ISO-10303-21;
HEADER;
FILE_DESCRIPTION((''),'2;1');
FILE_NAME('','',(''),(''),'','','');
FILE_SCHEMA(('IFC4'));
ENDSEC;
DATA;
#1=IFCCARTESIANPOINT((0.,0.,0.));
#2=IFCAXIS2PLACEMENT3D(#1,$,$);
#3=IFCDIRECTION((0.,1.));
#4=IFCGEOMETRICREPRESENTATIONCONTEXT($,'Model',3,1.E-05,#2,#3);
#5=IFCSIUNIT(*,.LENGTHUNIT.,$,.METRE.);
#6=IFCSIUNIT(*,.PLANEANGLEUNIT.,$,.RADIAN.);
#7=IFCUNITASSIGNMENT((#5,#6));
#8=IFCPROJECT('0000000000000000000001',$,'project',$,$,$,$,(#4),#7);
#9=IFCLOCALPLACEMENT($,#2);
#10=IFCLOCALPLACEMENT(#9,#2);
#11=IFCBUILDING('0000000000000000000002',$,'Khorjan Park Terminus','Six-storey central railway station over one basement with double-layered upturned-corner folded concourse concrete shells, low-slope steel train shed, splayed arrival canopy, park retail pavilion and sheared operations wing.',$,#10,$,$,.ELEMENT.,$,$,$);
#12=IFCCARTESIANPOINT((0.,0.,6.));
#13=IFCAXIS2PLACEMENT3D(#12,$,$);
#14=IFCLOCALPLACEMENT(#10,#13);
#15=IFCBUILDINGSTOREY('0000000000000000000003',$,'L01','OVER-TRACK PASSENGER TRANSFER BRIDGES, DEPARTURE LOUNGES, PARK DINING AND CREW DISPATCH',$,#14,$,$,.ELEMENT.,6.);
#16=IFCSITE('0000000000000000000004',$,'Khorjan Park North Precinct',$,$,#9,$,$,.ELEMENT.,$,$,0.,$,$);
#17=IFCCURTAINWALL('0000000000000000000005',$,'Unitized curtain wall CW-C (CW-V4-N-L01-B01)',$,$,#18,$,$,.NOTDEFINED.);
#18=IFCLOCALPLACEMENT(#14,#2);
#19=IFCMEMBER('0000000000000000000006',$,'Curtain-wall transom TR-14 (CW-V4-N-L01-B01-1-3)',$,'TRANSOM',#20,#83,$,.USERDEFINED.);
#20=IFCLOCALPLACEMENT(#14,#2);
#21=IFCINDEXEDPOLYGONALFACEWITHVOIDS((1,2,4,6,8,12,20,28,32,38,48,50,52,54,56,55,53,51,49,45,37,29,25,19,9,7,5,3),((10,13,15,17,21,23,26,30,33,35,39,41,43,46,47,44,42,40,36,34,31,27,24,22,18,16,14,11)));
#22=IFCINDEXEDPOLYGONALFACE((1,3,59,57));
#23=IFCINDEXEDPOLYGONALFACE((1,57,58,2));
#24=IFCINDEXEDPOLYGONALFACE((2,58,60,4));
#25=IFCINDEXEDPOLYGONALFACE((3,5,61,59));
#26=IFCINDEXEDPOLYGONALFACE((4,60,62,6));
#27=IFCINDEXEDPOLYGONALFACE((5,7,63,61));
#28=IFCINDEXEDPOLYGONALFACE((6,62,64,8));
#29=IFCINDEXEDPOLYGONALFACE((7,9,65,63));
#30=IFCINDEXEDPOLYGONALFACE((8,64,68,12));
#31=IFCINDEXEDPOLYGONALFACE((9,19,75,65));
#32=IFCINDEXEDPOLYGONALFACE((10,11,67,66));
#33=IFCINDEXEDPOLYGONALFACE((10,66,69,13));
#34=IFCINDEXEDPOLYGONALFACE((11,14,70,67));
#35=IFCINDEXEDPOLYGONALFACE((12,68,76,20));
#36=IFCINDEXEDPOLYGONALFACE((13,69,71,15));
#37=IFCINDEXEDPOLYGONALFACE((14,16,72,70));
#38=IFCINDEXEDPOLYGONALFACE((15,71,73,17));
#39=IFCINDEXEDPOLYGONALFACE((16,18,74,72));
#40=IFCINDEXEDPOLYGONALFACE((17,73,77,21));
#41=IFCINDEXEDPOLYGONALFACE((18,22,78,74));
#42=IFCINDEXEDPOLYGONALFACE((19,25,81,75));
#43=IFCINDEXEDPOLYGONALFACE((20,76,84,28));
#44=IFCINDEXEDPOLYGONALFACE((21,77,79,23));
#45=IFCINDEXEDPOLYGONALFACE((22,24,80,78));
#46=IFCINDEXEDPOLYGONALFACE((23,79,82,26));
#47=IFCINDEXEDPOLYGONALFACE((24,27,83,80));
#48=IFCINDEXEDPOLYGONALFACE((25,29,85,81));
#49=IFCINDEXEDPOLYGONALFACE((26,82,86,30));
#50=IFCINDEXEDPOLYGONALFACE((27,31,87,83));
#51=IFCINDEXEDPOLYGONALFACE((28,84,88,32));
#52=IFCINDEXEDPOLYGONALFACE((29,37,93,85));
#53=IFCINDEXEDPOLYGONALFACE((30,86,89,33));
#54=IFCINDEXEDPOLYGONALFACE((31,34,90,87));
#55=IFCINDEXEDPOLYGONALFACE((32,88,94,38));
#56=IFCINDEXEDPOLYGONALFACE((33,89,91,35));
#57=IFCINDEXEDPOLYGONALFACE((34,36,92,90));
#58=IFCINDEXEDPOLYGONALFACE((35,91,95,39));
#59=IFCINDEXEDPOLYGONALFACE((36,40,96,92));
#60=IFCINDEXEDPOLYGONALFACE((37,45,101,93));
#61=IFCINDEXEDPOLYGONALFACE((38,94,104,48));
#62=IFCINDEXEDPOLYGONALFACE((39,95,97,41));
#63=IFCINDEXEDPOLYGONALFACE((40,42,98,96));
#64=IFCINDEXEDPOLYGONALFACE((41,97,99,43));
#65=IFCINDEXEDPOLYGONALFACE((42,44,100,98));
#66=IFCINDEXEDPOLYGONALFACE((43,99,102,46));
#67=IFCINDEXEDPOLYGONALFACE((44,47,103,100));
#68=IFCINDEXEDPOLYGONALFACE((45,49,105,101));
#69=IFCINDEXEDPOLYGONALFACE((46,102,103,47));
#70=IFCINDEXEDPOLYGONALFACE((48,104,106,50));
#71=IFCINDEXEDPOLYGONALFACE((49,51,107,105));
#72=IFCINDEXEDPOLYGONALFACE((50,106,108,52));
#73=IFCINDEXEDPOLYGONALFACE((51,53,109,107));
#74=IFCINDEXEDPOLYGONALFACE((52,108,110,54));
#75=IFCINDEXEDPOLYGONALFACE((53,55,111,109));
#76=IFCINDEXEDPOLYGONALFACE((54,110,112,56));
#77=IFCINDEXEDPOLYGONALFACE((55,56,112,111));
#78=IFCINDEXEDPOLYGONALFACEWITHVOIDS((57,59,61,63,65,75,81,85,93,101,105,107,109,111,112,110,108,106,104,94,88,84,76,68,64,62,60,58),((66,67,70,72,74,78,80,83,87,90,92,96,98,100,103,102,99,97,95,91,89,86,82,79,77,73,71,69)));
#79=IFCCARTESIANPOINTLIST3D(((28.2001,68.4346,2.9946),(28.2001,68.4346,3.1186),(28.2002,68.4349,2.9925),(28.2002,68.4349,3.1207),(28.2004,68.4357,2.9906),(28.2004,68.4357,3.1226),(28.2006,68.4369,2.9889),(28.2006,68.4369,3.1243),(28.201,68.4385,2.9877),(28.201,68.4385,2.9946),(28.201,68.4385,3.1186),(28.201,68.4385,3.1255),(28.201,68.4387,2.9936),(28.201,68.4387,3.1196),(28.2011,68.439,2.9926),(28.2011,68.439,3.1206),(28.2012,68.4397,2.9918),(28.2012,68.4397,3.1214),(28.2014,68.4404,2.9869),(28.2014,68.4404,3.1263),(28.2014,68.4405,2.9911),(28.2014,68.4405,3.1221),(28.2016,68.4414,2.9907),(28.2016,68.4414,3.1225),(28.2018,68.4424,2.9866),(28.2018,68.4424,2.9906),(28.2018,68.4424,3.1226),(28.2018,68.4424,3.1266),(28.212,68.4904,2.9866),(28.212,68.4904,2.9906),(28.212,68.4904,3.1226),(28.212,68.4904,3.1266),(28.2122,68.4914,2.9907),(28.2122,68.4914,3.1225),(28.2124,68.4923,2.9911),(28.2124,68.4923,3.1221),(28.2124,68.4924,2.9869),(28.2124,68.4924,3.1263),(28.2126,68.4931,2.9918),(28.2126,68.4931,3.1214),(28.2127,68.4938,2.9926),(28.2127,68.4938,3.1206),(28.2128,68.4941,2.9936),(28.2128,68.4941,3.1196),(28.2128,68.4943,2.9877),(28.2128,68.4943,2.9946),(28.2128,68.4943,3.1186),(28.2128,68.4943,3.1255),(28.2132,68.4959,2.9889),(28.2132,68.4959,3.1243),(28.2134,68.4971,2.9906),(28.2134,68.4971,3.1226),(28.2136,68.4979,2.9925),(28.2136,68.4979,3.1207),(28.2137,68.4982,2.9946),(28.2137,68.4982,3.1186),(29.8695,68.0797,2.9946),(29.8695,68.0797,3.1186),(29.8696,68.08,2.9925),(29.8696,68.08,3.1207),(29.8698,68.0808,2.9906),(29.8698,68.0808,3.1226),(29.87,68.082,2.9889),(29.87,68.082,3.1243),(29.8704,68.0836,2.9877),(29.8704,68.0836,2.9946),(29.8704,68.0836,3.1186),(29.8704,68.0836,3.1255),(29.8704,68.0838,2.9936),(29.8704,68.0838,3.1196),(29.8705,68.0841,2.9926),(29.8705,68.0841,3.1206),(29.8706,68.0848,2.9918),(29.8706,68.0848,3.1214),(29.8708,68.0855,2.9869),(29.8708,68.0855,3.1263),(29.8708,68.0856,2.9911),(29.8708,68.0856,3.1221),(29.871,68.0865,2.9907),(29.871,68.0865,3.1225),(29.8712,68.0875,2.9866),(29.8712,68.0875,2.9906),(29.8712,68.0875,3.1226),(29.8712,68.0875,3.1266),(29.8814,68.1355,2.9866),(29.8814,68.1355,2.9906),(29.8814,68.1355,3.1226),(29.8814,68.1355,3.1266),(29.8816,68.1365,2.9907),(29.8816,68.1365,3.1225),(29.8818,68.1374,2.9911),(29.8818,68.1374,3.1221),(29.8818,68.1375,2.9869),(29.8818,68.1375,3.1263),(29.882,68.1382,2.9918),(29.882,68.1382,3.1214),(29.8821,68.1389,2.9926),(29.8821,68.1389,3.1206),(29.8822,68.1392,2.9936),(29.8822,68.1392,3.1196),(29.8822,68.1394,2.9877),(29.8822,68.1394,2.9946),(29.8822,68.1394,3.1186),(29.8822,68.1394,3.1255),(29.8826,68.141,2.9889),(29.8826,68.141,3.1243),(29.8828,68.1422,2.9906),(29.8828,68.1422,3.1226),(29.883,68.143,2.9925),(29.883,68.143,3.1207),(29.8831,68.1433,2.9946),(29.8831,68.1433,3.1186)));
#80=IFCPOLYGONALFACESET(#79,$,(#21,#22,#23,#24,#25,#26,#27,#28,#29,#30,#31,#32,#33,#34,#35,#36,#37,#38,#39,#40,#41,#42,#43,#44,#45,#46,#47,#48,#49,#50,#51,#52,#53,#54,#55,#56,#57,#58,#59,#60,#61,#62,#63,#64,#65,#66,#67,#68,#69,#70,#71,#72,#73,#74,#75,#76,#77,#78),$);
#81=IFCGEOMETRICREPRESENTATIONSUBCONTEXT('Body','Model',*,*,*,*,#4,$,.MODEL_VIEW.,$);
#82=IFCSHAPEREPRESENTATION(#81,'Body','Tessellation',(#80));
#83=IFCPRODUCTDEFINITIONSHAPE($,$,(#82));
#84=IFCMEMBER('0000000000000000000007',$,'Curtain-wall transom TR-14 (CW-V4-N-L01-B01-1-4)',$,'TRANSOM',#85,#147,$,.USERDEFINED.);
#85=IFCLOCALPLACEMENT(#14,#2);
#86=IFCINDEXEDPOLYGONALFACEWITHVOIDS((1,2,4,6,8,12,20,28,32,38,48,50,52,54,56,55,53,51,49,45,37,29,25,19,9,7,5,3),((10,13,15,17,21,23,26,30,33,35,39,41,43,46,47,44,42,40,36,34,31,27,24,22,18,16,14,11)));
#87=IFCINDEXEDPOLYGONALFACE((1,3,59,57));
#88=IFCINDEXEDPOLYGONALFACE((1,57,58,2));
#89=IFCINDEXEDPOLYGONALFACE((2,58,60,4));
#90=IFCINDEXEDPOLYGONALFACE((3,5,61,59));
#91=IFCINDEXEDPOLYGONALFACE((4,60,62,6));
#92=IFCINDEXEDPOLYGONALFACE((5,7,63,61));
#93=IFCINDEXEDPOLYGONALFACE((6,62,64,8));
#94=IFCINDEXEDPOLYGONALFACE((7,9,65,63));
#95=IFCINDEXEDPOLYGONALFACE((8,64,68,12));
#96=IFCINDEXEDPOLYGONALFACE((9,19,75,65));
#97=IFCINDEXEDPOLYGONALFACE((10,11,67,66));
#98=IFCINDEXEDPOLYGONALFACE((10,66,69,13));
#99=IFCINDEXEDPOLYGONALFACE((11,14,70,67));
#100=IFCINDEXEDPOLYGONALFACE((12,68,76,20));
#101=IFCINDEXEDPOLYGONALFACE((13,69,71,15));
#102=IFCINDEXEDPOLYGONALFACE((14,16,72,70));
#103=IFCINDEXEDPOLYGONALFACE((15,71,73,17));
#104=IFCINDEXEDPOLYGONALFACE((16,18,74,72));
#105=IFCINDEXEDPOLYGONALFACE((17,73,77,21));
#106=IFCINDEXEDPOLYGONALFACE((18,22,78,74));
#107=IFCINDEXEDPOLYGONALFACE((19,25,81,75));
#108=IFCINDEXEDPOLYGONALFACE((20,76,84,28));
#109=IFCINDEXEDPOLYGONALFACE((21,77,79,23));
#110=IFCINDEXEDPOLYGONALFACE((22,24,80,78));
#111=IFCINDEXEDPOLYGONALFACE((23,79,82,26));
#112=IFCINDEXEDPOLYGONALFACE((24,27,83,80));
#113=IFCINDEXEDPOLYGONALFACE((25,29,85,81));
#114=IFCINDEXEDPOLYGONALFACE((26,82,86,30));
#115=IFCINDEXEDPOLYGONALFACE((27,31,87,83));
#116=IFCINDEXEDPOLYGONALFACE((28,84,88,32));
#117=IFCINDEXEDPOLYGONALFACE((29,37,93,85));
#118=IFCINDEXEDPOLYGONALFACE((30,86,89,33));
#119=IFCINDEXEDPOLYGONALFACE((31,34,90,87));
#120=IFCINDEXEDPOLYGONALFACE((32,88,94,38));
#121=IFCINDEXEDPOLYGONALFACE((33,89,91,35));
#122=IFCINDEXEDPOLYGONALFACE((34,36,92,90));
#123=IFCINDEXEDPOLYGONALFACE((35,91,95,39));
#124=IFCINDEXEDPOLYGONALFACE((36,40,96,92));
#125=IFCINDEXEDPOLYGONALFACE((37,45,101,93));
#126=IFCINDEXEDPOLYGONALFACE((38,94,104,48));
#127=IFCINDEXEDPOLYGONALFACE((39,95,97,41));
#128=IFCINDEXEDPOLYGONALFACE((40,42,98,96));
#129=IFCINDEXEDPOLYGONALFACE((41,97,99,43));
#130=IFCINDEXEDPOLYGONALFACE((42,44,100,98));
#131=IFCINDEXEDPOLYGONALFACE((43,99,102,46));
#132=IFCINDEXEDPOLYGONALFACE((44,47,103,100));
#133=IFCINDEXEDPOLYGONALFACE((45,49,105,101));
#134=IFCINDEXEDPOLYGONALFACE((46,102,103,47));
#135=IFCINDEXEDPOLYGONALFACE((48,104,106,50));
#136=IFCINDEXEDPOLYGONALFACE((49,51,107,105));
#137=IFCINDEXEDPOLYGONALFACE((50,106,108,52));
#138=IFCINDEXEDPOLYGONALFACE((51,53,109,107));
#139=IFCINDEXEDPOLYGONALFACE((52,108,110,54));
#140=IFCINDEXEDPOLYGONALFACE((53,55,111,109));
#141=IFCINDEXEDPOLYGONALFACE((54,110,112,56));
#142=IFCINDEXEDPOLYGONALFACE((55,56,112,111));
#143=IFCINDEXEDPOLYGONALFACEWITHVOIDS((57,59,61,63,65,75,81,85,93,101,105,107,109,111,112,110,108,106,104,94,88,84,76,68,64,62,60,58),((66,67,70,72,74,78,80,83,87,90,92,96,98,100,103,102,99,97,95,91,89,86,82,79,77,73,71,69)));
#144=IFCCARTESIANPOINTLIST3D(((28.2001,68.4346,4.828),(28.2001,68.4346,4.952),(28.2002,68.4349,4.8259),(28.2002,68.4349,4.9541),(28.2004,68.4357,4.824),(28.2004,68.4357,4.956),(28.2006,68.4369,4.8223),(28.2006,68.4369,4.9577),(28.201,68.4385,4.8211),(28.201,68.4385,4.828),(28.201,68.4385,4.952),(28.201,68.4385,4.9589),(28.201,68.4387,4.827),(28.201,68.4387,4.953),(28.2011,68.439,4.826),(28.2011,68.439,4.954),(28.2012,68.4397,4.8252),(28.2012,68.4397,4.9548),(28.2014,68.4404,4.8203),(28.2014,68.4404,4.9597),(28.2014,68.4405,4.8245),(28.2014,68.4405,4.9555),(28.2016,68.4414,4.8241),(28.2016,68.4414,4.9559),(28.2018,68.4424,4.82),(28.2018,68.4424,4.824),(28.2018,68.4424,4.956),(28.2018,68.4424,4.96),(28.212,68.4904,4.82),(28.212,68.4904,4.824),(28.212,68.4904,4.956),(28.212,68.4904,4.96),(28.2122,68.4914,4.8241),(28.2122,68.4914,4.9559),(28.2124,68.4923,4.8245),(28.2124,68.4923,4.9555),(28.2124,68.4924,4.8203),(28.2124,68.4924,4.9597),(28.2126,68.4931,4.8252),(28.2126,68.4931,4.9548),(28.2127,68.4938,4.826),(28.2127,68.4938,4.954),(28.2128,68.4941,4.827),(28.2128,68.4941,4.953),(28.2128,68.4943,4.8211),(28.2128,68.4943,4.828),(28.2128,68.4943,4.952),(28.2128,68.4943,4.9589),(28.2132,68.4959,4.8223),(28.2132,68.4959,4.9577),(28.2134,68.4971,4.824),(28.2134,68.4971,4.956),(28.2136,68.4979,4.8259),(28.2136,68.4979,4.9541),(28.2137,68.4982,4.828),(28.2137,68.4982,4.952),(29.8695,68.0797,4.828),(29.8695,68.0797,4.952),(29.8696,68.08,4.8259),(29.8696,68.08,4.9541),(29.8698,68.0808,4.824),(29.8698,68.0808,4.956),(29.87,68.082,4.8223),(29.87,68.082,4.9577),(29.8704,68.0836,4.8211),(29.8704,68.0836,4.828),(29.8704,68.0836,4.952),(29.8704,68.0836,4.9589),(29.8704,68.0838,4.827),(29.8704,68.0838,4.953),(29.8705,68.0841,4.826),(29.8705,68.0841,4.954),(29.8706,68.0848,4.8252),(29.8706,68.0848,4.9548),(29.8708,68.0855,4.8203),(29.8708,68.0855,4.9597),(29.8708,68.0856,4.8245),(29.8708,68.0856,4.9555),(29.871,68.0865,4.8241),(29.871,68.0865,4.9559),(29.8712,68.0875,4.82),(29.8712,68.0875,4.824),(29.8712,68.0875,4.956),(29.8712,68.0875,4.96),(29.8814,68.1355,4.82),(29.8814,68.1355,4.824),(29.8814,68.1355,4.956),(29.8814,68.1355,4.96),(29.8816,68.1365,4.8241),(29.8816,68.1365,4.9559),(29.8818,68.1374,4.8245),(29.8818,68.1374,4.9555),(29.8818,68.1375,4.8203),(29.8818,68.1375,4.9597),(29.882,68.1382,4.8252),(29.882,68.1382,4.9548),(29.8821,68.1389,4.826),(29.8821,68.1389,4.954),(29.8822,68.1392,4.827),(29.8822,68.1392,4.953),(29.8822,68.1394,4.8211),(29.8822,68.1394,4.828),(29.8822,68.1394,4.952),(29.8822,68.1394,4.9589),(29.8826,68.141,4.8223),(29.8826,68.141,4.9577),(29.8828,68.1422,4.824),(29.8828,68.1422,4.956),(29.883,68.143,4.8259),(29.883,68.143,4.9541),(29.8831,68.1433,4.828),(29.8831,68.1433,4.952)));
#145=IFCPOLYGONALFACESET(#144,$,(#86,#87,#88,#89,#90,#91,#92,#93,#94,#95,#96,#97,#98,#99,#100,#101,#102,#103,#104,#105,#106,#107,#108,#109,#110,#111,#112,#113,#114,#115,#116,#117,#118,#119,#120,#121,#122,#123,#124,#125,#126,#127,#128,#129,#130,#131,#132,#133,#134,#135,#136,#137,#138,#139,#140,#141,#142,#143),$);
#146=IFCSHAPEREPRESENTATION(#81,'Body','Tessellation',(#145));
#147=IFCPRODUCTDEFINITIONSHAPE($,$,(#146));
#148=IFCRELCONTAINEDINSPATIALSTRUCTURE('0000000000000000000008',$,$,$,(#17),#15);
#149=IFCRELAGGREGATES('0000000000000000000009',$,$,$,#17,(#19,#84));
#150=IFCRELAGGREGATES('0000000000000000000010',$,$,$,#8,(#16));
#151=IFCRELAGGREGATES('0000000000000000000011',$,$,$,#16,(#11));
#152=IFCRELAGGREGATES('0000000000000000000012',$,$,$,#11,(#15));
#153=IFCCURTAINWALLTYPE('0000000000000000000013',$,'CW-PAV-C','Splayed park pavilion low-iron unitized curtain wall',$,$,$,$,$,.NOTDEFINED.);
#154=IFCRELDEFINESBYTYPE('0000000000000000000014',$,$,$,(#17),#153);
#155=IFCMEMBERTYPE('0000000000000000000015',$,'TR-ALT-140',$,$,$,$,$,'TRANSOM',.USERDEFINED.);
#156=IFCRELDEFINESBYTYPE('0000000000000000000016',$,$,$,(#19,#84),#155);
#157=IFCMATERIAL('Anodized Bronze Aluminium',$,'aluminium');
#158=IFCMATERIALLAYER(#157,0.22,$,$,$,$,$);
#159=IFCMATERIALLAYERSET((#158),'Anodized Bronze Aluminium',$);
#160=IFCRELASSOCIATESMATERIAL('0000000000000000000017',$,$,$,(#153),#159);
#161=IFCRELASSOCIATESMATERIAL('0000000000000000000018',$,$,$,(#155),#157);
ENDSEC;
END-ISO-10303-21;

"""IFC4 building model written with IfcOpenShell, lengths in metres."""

from ifc_helpers import new_model, si_unit, direction, frame, origin, origin_2d, place, context, subcontext, project, spatial, hollow_rectangle, extrude, material, layer, layer_set, material_profile, profile_set, type_object, element, aggregate, save


model = new_model("IFC4")

# Units and contexts
model_context = context("Model", 3, precision=1e-05, world=origin(), true_north=direction((0.0, 1.0)))
body_context = subcontext(model_context, "Body", "Model", "MODEL_VIEW")
ifc_project = project(units=[si_unit("LENGTHUNIT", "METRE"), si_unit("PLANEANGLEUNIT", "RADIAN")], contexts=[model_context])

# Site, building, storey
site_placement = place(None, origin())
site = spatial("IfcSite", under=ifc_project, at=site_placement, Name="Khorjan Park North Precinct", CompositionType="ELEMENT", RefElevation=0.0)
building_placement = place(site_placement, origin())
building = spatial("IfcBuilding", under=site, at=building_placement, Name="Khorjan Park Terminus", Description="Six-storey central railway station over one basement with double-layered upturned-corner folded concourse concrete shells, low-slope steel train shed, splayed arrival canopy, park retail pavilion and sheared operations wing.", CompositionType="ELEMENT")
storey_placement = place(building_placement, frame((0.0, 0.0, 6.0)))
storey = spatial("IfcBuildingStorey", under=building, at=storey_placement, Name="L01", Description="OVER-TRACK PASSENGER TRANSFER BRIDGES, DEPARTURE LOUNGES, PARK DINING AND CREW DISPATCH", CompositionType="ELEMENT", Elevation=6.0)

# Curtain wall, members
ifc_material_1 = material(Name="Anodized Bronze Aluminium", Category="aluminium")
ifc_layer_1 = layer(ifc_material_1, 0.22)
ifc_layer_set_1 = layer_set([ifc_layer_1], Name="Anodized Bronze Aluminium")
curtain_wall_type = type_object("IfcCurtainWallType", Name="CW-PAV-C", Description="Splayed park pavilion low-iron unitized curtain wall", PredefinedType="NOTDEFINED", material=ifc_layer_set_1)
curtain_wall_1_placement = place(storey_placement, origin())
curtain_wall_1 = element("IfcCurtainWall", 1, at=curtain_wall_1_placement, inside=storey, type_object=curtain_wall_type, Name="Unitized curtain wall CW-C (CW-V4-N-L01-B01)", PredefinedType="NOTDEFINED")
ifc_material_profile_1 = material_profile(ifc_material_1, hollow_rectangle(XDim=0.065, YDim=0.14, WallThickness=0.004, InnerFilletRadius=0.004, OuterFilletRadius=0.008, at=origin_2d()), Name="ALT 65x140x4")
ifc_profile_set_1 = profile_set([ifc_material_profile_1], Name="Anodized Bronze Aluminium")
member_type_1 = type_object("IfcMemberType", Name="TR-ALT-140", ElementType="TRANSOM", PredefinedType="USERDEFINED", material=ifc_profile_set_1)
member_1_placement = place(storey_placement, frame((29.8763, 68.1115, 3.0566), z_axis=(-0.978141, 0.207944, 0.0), x_axis=(-0.207944, -0.978141, 0.0)))
member_1 = element("IfcMember", 2, at=member_1_placement, type_object=member_type_1, Name="Curtain-wall transom TR-14 (CW-V4-N-L01-B01-1-3)", ObjectType="TRANSOM", PredefinedType="USERDEFINED", context=body_context, shape_type="SweptSolid", body=[
    extrude(hollow_rectangle(XDim=0.065, YDim=0.14, WallThickness=0.004, InnerFilletRadius=0.004, OuterFilletRadius=0.008, at=origin_2d()), origin(), (0.0, 0.0, 1.0), 1.7067),
])
member_2_placement = place(storey_placement, frame((29.8763, 68.1115, 4.89), z_axis=(-0.978141, 0.207944, 0.0), x_axis=(-0.207944, -0.978141, 0.0)))
member_2 = element("IfcMember", 3, at=member_2_placement, type_object=member_type_1, Name="Curtain-wall transom TR-14 (CW-V4-N-L01-B01-1-4)", ObjectType="TRANSOM", PredefinedType="USERDEFINED", context=body_context, shape_type="SweptSolid", body=[
    extrude(hollow_rectangle(XDim=0.065, YDim=0.14, WallThickness=0.004, InnerFilletRadius=0.004, OuterFilletRadius=0.008, at=origin_2d()), origin(), (0.0, 0.0, 1.0), 1.7067),
])

aggregate(curtain_wall_1, [member_1, member_2])

save(model, "model.ifc")
